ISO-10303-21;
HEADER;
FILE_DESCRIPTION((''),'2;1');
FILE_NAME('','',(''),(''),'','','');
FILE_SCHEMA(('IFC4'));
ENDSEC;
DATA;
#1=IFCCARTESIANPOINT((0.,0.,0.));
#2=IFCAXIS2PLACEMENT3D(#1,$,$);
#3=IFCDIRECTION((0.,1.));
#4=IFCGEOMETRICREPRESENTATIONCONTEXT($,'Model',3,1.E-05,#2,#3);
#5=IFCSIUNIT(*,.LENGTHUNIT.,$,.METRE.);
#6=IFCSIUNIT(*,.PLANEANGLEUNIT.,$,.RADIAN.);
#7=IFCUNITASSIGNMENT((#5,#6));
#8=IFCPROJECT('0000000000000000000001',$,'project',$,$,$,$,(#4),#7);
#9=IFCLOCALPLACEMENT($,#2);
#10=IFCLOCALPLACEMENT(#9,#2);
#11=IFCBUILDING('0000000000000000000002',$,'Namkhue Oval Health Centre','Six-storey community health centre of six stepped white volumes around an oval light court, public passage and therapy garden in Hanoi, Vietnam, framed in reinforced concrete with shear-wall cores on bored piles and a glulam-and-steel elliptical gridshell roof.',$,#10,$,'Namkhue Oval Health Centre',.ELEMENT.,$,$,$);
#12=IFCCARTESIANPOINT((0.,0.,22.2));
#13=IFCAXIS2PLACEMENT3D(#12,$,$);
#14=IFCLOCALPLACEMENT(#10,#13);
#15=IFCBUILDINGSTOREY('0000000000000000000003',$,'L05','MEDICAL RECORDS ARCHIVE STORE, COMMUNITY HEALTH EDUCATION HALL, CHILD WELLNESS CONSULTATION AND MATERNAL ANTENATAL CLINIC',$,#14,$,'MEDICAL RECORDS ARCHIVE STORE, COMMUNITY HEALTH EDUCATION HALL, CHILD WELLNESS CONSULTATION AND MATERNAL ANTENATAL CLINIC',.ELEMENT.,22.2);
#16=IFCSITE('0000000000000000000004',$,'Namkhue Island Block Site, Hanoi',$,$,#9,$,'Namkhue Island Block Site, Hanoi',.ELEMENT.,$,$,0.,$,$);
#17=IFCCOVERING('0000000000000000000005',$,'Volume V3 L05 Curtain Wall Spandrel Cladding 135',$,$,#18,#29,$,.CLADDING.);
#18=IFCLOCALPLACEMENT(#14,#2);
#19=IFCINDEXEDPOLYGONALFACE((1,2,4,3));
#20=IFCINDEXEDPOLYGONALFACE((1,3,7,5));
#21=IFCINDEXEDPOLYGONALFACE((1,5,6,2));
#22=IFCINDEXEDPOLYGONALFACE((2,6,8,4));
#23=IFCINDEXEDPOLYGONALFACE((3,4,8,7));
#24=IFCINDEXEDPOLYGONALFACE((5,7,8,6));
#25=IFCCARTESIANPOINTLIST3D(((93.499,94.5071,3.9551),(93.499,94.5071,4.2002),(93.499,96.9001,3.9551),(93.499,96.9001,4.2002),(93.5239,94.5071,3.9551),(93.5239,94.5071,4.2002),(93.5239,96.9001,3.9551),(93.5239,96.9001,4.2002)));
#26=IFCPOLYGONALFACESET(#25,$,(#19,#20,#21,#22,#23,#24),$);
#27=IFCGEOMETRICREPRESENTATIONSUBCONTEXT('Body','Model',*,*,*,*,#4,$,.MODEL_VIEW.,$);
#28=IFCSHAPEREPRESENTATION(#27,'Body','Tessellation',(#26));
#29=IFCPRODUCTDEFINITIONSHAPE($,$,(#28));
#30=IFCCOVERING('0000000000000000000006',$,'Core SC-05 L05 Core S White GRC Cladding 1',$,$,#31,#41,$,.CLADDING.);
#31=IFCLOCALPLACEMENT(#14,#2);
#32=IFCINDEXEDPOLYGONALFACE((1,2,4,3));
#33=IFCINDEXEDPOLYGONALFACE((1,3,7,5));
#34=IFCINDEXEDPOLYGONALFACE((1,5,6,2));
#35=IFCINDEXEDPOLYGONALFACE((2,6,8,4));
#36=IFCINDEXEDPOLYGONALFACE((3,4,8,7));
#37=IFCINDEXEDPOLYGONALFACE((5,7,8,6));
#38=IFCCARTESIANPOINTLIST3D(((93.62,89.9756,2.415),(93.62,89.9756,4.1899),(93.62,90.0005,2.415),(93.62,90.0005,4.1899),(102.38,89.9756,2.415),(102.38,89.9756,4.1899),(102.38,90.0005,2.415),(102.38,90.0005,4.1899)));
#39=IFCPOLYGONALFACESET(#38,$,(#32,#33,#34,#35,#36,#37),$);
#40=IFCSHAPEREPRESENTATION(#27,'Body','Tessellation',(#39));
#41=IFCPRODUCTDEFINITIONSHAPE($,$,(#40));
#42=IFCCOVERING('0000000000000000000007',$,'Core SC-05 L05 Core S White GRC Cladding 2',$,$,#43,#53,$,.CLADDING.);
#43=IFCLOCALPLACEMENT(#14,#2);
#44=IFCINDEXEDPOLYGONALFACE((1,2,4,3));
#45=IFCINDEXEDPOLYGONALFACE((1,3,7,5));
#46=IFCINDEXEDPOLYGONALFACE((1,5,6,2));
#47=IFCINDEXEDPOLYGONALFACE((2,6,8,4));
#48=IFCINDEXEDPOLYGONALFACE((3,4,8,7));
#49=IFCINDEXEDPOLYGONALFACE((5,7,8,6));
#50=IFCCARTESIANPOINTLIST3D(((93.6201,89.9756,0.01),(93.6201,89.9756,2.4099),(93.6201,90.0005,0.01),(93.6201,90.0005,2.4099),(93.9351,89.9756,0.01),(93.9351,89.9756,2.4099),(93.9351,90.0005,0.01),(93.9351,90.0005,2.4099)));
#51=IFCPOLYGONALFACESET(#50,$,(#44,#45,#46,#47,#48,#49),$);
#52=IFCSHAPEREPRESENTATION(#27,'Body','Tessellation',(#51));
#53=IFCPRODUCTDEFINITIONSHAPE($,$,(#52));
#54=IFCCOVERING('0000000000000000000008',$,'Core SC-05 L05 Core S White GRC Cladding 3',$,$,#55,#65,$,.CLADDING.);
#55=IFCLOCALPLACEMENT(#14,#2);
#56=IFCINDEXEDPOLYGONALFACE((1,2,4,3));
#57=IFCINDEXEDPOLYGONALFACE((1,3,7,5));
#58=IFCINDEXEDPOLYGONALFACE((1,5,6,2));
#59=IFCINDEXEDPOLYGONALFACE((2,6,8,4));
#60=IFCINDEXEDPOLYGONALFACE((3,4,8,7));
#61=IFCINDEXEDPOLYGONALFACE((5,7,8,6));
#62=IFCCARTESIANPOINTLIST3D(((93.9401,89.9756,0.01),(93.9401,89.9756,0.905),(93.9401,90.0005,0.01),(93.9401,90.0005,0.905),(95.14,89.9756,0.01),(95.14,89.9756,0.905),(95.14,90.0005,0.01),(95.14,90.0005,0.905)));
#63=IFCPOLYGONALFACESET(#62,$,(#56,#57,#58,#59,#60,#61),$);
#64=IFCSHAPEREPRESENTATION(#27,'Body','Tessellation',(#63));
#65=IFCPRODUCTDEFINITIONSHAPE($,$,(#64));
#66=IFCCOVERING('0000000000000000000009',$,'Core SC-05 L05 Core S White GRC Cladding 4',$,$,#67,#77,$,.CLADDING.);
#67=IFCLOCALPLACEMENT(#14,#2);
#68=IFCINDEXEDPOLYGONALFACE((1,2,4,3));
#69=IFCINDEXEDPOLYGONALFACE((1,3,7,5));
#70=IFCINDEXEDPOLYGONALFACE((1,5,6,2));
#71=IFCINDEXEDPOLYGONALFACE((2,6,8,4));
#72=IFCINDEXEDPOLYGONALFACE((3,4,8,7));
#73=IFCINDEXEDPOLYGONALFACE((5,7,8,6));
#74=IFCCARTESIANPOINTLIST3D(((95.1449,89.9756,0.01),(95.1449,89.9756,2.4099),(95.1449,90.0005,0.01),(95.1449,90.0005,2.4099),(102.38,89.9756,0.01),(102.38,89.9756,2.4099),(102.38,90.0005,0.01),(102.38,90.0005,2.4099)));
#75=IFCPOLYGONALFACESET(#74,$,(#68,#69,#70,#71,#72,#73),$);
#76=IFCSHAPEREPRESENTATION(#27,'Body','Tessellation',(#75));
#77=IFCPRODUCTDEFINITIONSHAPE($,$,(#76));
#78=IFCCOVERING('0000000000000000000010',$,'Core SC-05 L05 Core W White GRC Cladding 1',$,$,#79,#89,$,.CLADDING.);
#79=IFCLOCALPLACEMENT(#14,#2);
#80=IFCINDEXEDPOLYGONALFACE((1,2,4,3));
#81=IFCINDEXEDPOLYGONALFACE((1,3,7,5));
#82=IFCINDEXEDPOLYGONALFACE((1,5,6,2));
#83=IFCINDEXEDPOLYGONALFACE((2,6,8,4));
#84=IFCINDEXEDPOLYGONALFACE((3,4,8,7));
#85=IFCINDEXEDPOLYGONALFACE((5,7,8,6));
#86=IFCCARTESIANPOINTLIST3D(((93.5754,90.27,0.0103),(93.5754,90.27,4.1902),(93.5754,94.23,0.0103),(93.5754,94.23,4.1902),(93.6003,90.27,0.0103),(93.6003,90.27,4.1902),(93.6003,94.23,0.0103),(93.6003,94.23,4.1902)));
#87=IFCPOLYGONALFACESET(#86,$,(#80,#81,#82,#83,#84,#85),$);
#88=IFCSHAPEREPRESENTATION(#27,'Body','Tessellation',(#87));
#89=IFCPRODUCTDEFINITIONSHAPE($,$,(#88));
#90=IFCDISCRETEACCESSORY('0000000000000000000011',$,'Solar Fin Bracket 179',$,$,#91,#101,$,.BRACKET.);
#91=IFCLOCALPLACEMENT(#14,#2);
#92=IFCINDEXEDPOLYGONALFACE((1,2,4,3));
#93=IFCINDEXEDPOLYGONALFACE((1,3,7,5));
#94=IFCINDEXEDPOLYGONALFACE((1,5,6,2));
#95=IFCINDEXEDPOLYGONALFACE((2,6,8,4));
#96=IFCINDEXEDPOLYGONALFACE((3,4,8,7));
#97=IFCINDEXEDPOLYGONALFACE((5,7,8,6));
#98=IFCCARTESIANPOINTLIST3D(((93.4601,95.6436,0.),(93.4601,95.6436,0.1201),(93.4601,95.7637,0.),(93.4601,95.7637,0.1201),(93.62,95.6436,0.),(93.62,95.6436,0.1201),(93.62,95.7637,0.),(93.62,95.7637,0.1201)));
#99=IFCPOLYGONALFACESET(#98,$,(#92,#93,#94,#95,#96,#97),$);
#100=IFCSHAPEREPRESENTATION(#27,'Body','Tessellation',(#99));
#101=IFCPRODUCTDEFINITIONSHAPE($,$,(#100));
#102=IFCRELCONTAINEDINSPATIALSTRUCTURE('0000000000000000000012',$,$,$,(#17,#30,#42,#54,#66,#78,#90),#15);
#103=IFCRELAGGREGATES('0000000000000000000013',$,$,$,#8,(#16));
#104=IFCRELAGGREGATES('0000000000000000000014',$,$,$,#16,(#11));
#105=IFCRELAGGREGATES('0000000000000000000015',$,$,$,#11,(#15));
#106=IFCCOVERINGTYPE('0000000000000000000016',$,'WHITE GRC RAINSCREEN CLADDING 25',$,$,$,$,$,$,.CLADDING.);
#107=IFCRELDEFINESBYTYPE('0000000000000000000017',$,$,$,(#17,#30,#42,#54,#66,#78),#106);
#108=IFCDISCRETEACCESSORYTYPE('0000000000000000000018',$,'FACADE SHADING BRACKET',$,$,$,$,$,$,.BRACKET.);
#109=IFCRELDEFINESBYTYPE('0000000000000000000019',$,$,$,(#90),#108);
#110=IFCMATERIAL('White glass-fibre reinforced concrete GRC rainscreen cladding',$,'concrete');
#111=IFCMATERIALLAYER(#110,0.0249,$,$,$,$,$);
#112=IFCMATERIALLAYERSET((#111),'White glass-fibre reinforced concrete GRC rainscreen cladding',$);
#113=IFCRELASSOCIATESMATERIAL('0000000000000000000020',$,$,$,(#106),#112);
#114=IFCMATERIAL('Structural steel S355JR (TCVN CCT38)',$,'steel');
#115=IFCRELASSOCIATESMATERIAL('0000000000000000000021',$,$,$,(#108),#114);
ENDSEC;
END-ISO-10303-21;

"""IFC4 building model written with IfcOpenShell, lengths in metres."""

from ifc_helpers import new_model, si_unit, direction, frame, origin, origin_2d, place, context, subcontext, project, spatial, rectangle, extrude, material, layer, layer_set, type_object, element, save


model = new_model("IFC4")

# Units and contexts
model_context = context("Model", 3, precision=1e-05, world=origin(), true_north=direction((0.0, 1.0)))
body_context = subcontext(model_context, "Body", "Model", "MODEL_VIEW")
ifc_project = project(units=[si_unit("LENGTHUNIT", "METRE"), si_unit("PLANEANGLEUNIT", "RADIAN")], contexts=[model_context])

# Site, building, storey
site_placement = place(None, origin())
site = spatial("IfcSite", under=ifc_project, at=site_placement, Name="Namkhue Island Block Site, Hanoi", LongName="Namkhue Island Block Site, Hanoi", CompositionType="ELEMENT", RefElevation=0.0)
building_placement = place(site_placement, origin())
building = spatial("IfcBuilding", under=site, at=building_placement, Name="Namkhue Oval Health Centre", Description="Six-storey community health centre of six stepped white volumes around an oval light court, public passage and therapy garden in Hanoi, Vietnam, framed in reinforced concrete with shear-wall cores on bored piles and a glulam-and-steel elliptical gridshell roof.", LongName="Namkhue Oval Health Centre", CompositionType="ELEMENT")
storey_placement = place(building_placement, frame((0.0, 0.0, 22.2)))
storey = spatial("IfcBuildingStorey", under=building, at=storey_placement, Name="L05", Description="MEDICAL RECORDS ARCHIVE STORE, COMMUNITY HEALTH EDUCATION HALL, CHILD WELLNESS CONSULTATION AND MATERNAL ANTENATAL CLINIC", LongName="MEDICAL RECORDS ARCHIVE STORE, COMMUNITY HEALTH EDUCATION HALL, CHILD WELLNESS CONSULTATION AND MATERNAL ANTENATAL CLINIC", CompositionType="ELEMENT", Elevation=22.2)

# Coverings
ifc_material_1 = material(Name="White glass-fibre reinforced concrete GRC rainscreen cladding", Category="concrete")
ifc_layer_1 = layer(ifc_material_1, 0.0249)
ifc_layer_set_1 = layer_set([ifc_layer_1], Name="White glass-fibre reinforced concrete GRC rainscreen cladding")
covering_type = type_object("IfcCoveringType", Name="WHITE GRC RAINSCREEN CLADDING 25", PredefinedType="CLADDING", material=ifc_layer_set_1)
covering_1_placement = place(storey_placement, frame((93.5115, 95.7036, 3.9551), z_axis=(0.0, 0.0, 1.0), x_axis=(0.0, -1.0, 0.0)))
element("IfcCovering", 1, at=covering_1_placement, inside=storey, type_object=covering_type, Name="Volume V3 L05 Curtain Wall Spandrel Cladding 135", PredefinedType="CLADDING", context=body_context, shape_type="SweptSolid", body=[
    extrude(rectangle(XDim=2.3931, YDim=0.0249, at=origin_2d()), origin(), (0.0, 0.0, 1.0), 0.2451),
])
covering_2_placement = place(storey_placement, frame((98.0, 89.988, 2.415), z_axis=(0.0, 0.0, 1.0), x_axis=(1.0, 0.0, 0.0)))
element("IfcCovering", 2, at=covering_2_placement, inside=storey, type_object=covering_type, Name="Core SC-05 L05 Core S White GRC Cladding 1", PredefinedType="CLADDING", context=body_context, shape_type="SweptSolid", body=[
    extrude(rectangle(XDim=8.76, YDim=0.0249, at=origin_2d()), origin(), (0.0, 0.0, 1.0), 1.7749),
])
covering_3_placement = place(storey_placement, frame((93.7776, 89.988, 0.01), z_axis=(0.0, 0.0, 1.0), x_axis=(1.0, 0.0, 0.0)))
element("IfcCovering", 3, at=covering_3_placement, inside=storey, type_object=covering_type, Name="Core SC-05 L05 Core S White GRC Cladding 2", PredefinedType="CLADDING", context=body_context, shape_type="SweptSolid", body=[
    extrude(rectangle(XDim=0.3149, YDim=0.0249, at=origin_2d()), origin(), (0.0, 0.0, 1.0), 2.3999),
])
covering_4_placement = place(storey_placement, frame((94.54, 89.988, 0.01), z_axis=(0.0, 0.0, 1.0), x_axis=(1.0, 0.0, 0.0)))
element("IfcCovering", 4, at=covering_4_placement, inside=storey, type_object=covering_type, Name="Core SC-05 L05 Core S White GRC Cladding 3", PredefinedType="CLADDING", context=body_context, shape_type="SweptSolid", body=[
    extrude(rectangle(XDim=1.2, YDim=0.0249, at=origin_2d()), origin(), (0.0, 0.0, 1.0), 0.895),
])
covering_5_placement = place(storey_placement, frame((98.7625, 89.988, 0.01), z_axis=(0.0, 0.0, 1.0), x_axis=(1.0, 0.0, 0.0)))
element("IfcCovering", 5, at=covering_5_placement, inside=storey, type_object=covering_type, Name="Core SC-05 L05 Core S White GRC Cladding 4", PredefinedType="CLADDING", context=body_context, shape_type="SweptSolid", body=[
    extrude(rectangle(XDim=7.2351, YDim=0.0249, at=origin_2d()), origin(), (0.0, 0.0, 1.0), 2.3999),
])
covering_6_placement = place(storey_placement, frame((93.5879, 92.25, 0.0103), z_axis=(0.0, 0.0, 1.0), x_axis=(0.0, -1.0, 0.0)))
element("IfcCovering", 6, at=covering_6_placement, inside=storey, type_object=covering_type, Name="Core SC-05 L05 Core W White GRC Cladding 1", PredefinedType="CLADDING", context=body_context, shape_type="SweptSolid", body=[
    extrude(rectangle(XDim=3.96, YDim=0.0249, at=origin_2d()), origin(), (0.0, 0.0, 1.0), 4.1799),
])

# Discrete accessory
ifc_material_2 = material(Name="Structural steel S355JR (TCVN CCT38)", Category="steel")
discrete_accessory_type = type_object("IfcDiscreteAccessoryType", Name="FACADE SHADING BRACKET", PredefinedType="BRACKET", material=ifc_material_2)
discrete_accessory_placement = place(storey_placement, frame((93.54, 95.7036, 0.0), z_axis=(0.0, 0.0, 1.0), x_axis=(-1.0, 0.0, 0.0)))
element("IfcDiscreteAccessory", 7, at=discrete_accessory_placement, inside=storey, type_object=discrete_accessory_type, Name="Solar Fin Bracket 179", PredefinedType="BRACKET", context=body_context, shape_type="SweptSolid", body=[
    extrude(rectangle(XDim=0.1599, YDim=0.1201, at=origin_2d()), origin(), (0.0, 0.0, 1.0), 0.1201),
])

save(model, "model.ifc")
